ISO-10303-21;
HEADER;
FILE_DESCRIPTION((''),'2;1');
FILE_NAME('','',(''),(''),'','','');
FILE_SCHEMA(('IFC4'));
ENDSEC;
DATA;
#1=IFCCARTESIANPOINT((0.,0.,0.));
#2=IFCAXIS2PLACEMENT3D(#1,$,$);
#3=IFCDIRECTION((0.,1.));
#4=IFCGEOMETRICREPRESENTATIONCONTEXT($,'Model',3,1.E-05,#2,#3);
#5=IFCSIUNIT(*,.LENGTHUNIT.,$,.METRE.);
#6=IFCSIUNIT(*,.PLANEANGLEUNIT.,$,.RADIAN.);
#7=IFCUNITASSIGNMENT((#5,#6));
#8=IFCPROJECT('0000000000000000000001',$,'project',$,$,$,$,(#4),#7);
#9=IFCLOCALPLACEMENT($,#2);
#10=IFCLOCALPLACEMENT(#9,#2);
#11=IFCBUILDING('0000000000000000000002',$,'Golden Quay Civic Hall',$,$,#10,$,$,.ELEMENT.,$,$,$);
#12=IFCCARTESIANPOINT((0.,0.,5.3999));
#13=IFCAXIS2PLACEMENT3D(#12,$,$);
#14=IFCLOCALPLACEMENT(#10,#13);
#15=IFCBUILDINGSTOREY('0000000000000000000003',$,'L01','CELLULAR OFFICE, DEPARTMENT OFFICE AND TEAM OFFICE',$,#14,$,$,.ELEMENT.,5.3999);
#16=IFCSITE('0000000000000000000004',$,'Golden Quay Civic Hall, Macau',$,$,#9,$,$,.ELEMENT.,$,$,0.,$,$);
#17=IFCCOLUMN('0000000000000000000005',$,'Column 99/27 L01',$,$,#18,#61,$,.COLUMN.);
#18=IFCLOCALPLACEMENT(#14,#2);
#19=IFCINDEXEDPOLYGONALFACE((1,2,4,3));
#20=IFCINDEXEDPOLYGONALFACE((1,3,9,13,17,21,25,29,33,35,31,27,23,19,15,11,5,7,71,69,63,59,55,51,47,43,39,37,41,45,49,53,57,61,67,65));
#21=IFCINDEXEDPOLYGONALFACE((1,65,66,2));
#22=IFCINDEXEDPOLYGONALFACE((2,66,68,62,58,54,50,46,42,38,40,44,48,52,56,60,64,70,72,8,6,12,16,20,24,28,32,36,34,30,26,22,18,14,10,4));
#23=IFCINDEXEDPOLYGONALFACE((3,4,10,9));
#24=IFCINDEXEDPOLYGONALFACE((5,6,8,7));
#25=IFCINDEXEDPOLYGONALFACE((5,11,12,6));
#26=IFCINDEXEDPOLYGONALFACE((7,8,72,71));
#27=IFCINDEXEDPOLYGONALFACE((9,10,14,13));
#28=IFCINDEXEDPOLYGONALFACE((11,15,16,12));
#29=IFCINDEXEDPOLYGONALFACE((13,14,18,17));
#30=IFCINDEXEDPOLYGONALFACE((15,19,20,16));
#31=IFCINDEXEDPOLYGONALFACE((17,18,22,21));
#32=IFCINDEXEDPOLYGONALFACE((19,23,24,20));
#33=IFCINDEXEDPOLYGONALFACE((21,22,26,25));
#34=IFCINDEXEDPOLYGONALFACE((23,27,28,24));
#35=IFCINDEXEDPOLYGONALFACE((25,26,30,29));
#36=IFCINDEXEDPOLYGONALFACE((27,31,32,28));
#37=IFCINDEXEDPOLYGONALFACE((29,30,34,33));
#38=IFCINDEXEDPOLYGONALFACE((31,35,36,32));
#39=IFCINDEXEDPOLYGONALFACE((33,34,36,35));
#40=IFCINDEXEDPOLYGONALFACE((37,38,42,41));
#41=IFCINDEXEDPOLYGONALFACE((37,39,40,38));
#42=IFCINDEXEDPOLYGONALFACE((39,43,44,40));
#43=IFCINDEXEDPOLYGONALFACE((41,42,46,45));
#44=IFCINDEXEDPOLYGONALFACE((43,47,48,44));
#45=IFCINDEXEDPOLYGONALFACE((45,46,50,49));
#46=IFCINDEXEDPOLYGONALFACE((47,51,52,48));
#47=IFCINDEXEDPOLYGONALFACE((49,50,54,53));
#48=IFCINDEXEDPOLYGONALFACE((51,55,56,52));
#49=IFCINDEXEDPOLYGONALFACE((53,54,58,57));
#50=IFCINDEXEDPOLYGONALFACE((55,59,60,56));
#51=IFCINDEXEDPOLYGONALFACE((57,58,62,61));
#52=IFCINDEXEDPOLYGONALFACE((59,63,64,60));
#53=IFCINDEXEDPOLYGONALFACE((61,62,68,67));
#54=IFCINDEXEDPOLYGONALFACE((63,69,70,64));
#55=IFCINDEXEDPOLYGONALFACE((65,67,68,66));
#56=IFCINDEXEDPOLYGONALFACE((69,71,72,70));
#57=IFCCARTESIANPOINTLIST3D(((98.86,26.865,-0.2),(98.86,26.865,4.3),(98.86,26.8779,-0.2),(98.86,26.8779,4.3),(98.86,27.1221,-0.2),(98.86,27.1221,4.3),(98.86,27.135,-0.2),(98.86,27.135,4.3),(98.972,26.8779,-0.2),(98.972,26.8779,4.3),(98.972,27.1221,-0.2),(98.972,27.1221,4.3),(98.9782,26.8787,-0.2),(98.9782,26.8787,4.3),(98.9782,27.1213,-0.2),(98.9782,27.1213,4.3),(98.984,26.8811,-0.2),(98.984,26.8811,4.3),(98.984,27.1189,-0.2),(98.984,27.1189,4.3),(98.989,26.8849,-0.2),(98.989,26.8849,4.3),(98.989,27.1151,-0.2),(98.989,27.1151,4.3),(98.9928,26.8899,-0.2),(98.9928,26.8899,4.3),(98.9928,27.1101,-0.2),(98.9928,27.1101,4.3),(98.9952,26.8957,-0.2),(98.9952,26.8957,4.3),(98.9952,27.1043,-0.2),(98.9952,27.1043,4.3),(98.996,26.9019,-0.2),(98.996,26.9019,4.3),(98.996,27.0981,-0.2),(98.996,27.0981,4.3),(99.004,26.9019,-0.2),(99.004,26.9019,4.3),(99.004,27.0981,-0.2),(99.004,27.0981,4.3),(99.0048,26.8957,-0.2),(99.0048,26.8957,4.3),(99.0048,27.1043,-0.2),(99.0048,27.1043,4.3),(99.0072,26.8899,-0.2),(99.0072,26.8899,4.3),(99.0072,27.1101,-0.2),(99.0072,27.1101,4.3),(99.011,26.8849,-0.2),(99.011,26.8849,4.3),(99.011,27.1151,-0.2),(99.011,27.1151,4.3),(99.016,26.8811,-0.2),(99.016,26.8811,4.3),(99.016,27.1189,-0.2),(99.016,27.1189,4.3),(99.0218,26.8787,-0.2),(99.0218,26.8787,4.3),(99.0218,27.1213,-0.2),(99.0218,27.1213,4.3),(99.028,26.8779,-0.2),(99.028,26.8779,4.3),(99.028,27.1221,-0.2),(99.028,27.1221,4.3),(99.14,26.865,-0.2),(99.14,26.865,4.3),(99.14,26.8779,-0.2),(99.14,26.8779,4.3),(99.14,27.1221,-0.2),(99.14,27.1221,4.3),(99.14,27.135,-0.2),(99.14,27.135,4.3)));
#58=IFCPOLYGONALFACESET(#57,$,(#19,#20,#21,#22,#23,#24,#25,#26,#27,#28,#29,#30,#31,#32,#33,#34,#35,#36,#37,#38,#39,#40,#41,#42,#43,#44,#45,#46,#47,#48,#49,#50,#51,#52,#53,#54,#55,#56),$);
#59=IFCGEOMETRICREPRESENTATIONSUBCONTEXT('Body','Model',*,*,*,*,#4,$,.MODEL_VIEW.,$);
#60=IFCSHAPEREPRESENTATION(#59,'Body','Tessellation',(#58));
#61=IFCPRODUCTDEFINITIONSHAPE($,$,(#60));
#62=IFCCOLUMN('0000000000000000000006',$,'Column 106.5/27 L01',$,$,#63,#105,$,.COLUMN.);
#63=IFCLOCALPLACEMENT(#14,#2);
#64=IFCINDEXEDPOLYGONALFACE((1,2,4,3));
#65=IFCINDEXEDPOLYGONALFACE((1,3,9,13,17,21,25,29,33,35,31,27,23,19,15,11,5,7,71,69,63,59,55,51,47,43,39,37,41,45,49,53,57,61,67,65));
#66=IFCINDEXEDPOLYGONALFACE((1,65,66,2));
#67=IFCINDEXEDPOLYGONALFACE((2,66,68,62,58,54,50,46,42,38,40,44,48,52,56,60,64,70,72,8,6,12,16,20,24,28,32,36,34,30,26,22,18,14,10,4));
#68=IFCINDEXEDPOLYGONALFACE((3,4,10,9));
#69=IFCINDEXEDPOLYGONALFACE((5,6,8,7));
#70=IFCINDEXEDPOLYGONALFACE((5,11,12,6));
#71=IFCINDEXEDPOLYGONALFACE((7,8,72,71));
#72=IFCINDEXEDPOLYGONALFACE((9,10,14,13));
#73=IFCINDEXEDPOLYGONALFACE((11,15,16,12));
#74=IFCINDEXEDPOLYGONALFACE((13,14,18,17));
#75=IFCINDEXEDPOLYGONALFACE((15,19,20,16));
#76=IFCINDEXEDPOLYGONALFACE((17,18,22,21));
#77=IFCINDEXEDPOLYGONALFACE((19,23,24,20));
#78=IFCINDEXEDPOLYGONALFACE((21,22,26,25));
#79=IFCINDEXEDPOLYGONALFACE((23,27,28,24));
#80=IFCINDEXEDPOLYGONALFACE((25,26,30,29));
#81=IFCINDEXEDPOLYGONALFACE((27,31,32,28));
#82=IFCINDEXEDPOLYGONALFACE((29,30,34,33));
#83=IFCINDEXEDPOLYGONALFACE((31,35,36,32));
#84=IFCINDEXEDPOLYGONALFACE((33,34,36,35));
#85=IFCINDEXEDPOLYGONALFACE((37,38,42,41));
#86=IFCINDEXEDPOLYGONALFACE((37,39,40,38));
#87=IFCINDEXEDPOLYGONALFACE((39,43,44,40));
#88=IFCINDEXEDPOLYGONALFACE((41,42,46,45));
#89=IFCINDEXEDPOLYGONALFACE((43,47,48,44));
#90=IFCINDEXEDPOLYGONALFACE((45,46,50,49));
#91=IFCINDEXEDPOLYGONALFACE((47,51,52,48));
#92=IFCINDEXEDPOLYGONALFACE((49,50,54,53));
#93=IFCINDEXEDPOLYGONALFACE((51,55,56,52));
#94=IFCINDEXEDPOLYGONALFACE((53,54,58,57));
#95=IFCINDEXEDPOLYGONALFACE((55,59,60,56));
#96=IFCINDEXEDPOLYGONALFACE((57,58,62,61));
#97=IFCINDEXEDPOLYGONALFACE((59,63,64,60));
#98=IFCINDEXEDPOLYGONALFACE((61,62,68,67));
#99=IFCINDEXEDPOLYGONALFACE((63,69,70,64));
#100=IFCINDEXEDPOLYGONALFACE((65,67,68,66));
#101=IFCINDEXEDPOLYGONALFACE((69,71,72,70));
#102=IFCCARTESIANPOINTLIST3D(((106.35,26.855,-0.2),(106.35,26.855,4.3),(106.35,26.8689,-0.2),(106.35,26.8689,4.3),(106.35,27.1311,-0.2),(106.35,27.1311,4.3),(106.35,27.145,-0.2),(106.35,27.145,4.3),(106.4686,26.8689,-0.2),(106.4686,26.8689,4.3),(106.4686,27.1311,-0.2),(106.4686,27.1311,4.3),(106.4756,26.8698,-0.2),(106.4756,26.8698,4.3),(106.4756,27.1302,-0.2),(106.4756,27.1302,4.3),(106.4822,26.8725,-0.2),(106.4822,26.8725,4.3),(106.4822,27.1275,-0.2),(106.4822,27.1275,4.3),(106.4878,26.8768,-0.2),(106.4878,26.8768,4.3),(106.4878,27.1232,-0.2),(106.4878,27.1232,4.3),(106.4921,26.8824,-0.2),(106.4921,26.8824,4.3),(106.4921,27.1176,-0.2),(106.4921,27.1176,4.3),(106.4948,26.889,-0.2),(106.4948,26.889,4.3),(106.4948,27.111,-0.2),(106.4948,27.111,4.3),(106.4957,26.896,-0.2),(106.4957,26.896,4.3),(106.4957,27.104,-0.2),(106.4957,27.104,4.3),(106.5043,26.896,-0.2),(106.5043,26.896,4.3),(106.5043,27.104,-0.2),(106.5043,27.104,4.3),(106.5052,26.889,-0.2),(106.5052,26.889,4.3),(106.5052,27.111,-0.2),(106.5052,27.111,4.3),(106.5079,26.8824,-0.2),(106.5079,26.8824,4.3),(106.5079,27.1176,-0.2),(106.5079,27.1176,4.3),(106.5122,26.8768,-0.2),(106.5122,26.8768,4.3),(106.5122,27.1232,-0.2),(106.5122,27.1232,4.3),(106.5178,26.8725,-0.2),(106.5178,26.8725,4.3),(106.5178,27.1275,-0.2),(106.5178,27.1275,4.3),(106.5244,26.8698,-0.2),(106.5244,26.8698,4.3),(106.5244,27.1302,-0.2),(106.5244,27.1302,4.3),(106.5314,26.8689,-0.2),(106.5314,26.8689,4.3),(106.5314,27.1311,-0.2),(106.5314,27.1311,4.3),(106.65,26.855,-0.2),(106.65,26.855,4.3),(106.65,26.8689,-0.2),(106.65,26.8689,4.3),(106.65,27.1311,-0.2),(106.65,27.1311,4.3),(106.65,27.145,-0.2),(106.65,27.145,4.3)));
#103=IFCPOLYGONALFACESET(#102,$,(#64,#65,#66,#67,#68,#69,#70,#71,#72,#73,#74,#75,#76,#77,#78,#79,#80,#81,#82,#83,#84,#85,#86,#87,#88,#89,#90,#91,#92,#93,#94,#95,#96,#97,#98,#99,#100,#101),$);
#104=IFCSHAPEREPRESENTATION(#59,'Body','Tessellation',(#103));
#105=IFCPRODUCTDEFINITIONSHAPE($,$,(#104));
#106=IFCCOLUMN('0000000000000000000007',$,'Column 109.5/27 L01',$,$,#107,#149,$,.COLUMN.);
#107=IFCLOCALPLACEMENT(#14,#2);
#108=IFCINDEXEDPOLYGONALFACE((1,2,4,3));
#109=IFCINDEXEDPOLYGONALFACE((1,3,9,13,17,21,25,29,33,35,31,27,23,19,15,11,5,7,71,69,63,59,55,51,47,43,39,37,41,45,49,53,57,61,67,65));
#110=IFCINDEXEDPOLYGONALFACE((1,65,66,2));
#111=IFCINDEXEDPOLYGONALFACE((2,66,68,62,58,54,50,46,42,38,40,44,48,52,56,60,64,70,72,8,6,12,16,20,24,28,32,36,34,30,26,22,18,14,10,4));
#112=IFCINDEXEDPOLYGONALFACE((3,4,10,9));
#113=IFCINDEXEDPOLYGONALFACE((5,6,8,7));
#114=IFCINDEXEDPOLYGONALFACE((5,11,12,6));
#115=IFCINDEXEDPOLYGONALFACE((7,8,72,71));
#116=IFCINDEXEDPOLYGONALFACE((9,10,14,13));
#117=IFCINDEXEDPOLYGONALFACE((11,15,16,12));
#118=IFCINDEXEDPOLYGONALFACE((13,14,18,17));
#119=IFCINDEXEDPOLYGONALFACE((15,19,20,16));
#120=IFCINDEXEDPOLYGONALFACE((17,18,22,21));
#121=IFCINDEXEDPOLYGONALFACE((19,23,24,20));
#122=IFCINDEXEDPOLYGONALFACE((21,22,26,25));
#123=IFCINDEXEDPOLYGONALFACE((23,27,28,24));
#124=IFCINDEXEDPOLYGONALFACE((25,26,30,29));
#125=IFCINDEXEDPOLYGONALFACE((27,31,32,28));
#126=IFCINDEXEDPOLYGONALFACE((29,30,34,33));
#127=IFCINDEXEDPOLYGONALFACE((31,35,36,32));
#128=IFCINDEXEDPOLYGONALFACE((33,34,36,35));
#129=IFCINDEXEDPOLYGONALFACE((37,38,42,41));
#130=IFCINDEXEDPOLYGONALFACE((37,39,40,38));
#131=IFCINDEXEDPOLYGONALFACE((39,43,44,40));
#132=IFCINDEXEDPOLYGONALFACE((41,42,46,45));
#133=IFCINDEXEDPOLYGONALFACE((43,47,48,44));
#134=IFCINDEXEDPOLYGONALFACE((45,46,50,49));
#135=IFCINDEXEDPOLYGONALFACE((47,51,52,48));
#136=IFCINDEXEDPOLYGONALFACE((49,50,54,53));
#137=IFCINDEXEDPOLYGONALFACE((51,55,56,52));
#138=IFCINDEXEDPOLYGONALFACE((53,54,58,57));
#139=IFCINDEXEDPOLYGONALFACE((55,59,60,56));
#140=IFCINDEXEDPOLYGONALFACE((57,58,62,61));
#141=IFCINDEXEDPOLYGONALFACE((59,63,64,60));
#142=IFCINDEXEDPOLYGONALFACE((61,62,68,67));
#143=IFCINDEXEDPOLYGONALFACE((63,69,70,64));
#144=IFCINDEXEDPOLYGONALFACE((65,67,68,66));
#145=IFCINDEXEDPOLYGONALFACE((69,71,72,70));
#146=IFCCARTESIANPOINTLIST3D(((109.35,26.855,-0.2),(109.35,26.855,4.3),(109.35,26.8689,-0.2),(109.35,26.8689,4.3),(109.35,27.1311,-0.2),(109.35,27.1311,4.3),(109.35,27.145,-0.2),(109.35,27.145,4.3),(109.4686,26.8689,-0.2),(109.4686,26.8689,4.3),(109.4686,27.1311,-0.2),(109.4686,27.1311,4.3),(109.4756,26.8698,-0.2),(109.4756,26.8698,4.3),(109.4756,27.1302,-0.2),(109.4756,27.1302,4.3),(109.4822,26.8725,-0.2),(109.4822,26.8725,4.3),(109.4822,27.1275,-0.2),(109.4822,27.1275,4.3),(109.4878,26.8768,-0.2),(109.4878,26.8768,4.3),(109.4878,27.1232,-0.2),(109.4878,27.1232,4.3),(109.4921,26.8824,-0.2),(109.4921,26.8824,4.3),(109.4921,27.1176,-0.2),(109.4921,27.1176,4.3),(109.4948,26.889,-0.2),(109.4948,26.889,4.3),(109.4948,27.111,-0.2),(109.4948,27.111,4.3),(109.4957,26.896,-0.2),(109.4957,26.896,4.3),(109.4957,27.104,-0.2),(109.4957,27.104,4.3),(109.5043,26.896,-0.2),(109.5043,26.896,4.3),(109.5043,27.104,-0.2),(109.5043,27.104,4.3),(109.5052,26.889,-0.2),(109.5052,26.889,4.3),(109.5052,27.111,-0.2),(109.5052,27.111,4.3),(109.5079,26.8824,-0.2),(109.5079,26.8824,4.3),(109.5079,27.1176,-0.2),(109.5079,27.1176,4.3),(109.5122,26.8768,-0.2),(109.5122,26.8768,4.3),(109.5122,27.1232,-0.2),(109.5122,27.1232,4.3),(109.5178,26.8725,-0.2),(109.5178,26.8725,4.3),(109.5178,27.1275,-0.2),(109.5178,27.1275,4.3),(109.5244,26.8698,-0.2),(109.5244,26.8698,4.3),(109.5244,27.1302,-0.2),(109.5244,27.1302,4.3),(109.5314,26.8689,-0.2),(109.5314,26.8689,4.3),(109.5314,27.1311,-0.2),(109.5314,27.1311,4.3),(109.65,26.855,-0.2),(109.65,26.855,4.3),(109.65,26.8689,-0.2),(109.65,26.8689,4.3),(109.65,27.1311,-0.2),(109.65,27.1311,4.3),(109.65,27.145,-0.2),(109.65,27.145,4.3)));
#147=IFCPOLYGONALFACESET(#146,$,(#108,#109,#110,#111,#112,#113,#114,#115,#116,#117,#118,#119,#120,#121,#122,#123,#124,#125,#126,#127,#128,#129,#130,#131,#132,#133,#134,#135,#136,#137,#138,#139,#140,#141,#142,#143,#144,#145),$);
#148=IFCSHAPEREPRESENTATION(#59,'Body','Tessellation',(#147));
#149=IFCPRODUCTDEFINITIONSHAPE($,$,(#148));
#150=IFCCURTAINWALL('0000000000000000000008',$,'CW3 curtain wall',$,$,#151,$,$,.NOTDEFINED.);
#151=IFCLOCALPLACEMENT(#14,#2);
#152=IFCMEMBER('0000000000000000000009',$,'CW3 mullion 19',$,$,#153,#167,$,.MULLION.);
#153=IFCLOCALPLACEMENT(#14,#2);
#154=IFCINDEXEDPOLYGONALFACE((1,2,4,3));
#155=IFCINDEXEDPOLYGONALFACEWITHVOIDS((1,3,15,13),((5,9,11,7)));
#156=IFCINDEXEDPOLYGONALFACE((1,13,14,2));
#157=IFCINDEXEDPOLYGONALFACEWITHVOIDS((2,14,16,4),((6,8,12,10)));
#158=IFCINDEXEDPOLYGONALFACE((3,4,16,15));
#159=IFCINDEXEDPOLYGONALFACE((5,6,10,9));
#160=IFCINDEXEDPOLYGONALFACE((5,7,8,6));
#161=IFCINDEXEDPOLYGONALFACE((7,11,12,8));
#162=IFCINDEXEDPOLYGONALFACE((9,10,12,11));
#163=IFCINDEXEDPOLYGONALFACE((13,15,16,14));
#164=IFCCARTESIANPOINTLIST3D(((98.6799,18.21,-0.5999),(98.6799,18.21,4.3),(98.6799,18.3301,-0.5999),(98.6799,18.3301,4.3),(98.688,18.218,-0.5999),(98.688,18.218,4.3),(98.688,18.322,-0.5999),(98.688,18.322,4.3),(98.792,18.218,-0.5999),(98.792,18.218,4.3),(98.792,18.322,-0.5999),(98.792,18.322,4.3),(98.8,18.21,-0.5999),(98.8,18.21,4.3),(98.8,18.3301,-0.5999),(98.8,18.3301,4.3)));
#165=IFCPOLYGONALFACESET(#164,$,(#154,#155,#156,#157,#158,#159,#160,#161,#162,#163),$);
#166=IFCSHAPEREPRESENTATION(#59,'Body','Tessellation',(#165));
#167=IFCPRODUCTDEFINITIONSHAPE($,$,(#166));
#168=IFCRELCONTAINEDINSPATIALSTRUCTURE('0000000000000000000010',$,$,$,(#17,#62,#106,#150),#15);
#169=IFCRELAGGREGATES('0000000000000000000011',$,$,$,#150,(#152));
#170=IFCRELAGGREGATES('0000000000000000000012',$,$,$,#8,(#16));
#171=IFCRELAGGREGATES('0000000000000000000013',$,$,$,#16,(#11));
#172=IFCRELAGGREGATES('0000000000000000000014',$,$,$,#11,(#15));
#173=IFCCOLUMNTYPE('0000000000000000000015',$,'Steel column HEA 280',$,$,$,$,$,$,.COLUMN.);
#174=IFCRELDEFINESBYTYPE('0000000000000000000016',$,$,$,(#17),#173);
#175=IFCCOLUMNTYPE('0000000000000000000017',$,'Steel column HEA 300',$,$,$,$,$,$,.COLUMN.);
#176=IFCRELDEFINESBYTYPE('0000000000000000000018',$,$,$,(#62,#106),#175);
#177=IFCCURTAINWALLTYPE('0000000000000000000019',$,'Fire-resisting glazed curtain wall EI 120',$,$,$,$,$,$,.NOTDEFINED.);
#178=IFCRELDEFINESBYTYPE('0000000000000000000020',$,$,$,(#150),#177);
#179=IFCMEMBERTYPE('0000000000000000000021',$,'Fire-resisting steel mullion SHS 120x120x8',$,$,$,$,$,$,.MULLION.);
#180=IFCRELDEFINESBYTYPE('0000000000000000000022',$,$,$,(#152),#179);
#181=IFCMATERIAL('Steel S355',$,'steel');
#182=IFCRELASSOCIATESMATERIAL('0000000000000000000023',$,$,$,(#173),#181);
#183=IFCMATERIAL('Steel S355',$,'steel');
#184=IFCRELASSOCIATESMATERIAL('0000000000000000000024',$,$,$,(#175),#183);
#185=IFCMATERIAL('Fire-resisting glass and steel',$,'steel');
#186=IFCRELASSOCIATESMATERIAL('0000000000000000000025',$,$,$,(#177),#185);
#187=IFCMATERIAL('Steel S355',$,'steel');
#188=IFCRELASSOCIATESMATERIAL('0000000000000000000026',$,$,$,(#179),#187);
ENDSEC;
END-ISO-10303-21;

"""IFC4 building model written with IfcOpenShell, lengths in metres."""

from ifc_helpers import new_model, si_unit, direction, frame, origin, origin_2d, place, context, subcontext, project, spatial, hollow_rectangle, i_section, extrude, material, material_profile, profile_set, type_object, element, aggregate, save


model = new_model("IFC4")

# Units and contexts
model_context = context("Model", 3, precision=1e-05, world=origin(), true_north=direction((0.0, 1.0)))
body_context = subcontext(model_context, "Body", "Model", "MODEL_VIEW")
ifc_project = project(units=[si_unit("LENGTHUNIT", "METRE"), si_unit("PLANEANGLEUNIT", "RADIAN")], contexts=[model_context])

# Site, building, storey
site_placement = place(None, origin())
site = spatial("IfcSite", under=ifc_project, at=site_placement, Name="Golden Quay Civic Hall, Macau", CompositionType="ELEMENT", RefElevation=0.0)
building_placement = place(site_placement, origin())
building = spatial("IfcBuilding", under=site, at=building_placement, Name="Golden Quay Civic Hall", CompositionType="ELEMENT")
storey_placement = place(building_placement, frame((0.0, 0.0, 5.3999)))
storey = spatial("IfcBuildingStorey", under=building, at=storey_placement, Name="L01", Description="CELLULAR OFFICE, DEPARTMENT OFFICE AND TEAM OFFICE", CompositionType="ELEMENT", Elevation=5.3999)

# Columns
ifc_material_1 = material(Name="Steel S355", Category="steel")
ifc_material_profile_1 = material_profile(ifc_material_1, i_section(OverallWidth=0.28, OverallDepth=0.27, WebThickness=0.0081, FlangeThickness=0.0129, FilletRadius=0.0239, at=origin_2d()), Name="HEA 280")
ifc_profile_set_1 = profile_set([ifc_material_profile_1], Name="Steel S355")
column_type_1 = type_object("IfcColumnType", Name="Steel column HEA 280", PredefinedType="COLUMN", material=ifc_profile_set_1)
column_placement = place(storey_placement, frame((99.0, 27.0, -0.2), z_axis=(0.0, 0.0, 1.0), x_axis=(1.0, 0.0, 0.0)))
element("IfcColumn", 1, at=column_placement, inside=storey, type_object=column_type_1, Name="Column 99/27 L01", PredefinedType="COLUMN", context=body_context, shape_type="SweptSolid", body=[
    extrude(i_section(OverallWidth=0.28, OverallDepth=0.27, WebThickness=0.0081, FlangeThickness=0.0129, FilletRadius=0.0239, at=origin_2d()), origin(), (0.0, 0.0, 1.0), 4.5),
])
ifc_material_2 = material(Name="Steel S355", Category="steel")
ifc_material_profile_2 = material_profile(ifc_material_2, i_section(OverallWidth=0.3, OverallDepth=0.29, WebThickness=0.0085, FlangeThickness=0.0139, FilletRadius=0.0271, at=origin_2d()), Name="HEA 300")
ifc_profile_set_2 = profile_set([ifc_material_profile_2], Name="Steel S355")
column_type_2 = type_object("IfcColumnType", Name="Steel column HEA 300", PredefinedType="COLUMN", material=ifc_profile_set_2)
for number, where, z_axis, x_axis, name in (
    (2, (106.5, 27.0, -0.2), (0.0, 0.0, 1.0), (1.0, 0.0, 0.0), "Column 106.5/27 L01"),
    (3, (109.5, 27.0, -0.2), (0.0, 0.0, 1.0), (1.0, 0.0, 0.0), "Column 109.5/27 L01"),
):
    element("IfcColumn", number, at=place(storey_placement, frame(where, z_axis=z_axis, x_axis=x_axis)), inside=storey, type_object=column_type_2, Name=name, PredefinedType="COLUMN", context=body_context, shape_type="SweptSolid", body=[
        extrude(i_section(OverallWidth=0.3, OverallDepth=0.29, WebThickness=0.0085, FlangeThickness=0.0139, FilletRadius=0.0271, at=origin_2d()), origin(), (0.0, 0.0, 1.0), 4.5),
    ])

# Curtain wall, member
ifc_material_3 = material(Name="Fire-resisting glass and steel", Category="steel")
curtain_wall_type = type_object("IfcCurtainWallType", Name="Fire-resisting glazed curtain wall EI 120", PredefinedType="NOTDEFINED", material=ifc_material_3)
curtain_wall_placement = place(storey_placement, origin())
curtain_wall = element("IfcCurtainWall", 4, at=curtain_wall_placement, inside=storey, type_object=curtain_wall_type, Name="CW3 curtain wall", PredefinedType="NOTDEFINED")
ifc_material_4 = material(Name="Steel S355", Category="steel")
ifc_material_profile_3 = material_profile(ifc_material_4, hollow_rectangle(XDim=0.1201, YDim=0.1201, WallThickness=0.0081, at=origin_2d()), Name="SHS 120x120x8")
ifc_profile_set_3 = profile_set([ifc_material_profile_3], Name="Steel S355")
member_type = type_object("IfcMemberType", Name="Fire-resisting steel mullion SHS 120x120x8", PredefinedType="MULLION", material=ifc_profile_set_3)
member_placement = place(storey_placement, frame((98.74, 18.27, -0.5999), z_axis=(0.0, 0.0, 1.0), x_axis=(0.0, 1.0, 0.0)))
member = element("IfcMember", 5, at=member_placement, type_object=member_type, Name="CW3 mullion 19", PredefinedType="MULLION", context=body_context, shape_type="SweptSolid", body=[
    extrude(hollow_rectangle(XDim=0.1201, YDim=0.1201, WallThickness=0.0081, at=origin_2d()), origin(), (0.0, 0.0, 1.0), 4.8999),
])
aggregate(curtain_wall, [member])

save(model, "model.ifc")
